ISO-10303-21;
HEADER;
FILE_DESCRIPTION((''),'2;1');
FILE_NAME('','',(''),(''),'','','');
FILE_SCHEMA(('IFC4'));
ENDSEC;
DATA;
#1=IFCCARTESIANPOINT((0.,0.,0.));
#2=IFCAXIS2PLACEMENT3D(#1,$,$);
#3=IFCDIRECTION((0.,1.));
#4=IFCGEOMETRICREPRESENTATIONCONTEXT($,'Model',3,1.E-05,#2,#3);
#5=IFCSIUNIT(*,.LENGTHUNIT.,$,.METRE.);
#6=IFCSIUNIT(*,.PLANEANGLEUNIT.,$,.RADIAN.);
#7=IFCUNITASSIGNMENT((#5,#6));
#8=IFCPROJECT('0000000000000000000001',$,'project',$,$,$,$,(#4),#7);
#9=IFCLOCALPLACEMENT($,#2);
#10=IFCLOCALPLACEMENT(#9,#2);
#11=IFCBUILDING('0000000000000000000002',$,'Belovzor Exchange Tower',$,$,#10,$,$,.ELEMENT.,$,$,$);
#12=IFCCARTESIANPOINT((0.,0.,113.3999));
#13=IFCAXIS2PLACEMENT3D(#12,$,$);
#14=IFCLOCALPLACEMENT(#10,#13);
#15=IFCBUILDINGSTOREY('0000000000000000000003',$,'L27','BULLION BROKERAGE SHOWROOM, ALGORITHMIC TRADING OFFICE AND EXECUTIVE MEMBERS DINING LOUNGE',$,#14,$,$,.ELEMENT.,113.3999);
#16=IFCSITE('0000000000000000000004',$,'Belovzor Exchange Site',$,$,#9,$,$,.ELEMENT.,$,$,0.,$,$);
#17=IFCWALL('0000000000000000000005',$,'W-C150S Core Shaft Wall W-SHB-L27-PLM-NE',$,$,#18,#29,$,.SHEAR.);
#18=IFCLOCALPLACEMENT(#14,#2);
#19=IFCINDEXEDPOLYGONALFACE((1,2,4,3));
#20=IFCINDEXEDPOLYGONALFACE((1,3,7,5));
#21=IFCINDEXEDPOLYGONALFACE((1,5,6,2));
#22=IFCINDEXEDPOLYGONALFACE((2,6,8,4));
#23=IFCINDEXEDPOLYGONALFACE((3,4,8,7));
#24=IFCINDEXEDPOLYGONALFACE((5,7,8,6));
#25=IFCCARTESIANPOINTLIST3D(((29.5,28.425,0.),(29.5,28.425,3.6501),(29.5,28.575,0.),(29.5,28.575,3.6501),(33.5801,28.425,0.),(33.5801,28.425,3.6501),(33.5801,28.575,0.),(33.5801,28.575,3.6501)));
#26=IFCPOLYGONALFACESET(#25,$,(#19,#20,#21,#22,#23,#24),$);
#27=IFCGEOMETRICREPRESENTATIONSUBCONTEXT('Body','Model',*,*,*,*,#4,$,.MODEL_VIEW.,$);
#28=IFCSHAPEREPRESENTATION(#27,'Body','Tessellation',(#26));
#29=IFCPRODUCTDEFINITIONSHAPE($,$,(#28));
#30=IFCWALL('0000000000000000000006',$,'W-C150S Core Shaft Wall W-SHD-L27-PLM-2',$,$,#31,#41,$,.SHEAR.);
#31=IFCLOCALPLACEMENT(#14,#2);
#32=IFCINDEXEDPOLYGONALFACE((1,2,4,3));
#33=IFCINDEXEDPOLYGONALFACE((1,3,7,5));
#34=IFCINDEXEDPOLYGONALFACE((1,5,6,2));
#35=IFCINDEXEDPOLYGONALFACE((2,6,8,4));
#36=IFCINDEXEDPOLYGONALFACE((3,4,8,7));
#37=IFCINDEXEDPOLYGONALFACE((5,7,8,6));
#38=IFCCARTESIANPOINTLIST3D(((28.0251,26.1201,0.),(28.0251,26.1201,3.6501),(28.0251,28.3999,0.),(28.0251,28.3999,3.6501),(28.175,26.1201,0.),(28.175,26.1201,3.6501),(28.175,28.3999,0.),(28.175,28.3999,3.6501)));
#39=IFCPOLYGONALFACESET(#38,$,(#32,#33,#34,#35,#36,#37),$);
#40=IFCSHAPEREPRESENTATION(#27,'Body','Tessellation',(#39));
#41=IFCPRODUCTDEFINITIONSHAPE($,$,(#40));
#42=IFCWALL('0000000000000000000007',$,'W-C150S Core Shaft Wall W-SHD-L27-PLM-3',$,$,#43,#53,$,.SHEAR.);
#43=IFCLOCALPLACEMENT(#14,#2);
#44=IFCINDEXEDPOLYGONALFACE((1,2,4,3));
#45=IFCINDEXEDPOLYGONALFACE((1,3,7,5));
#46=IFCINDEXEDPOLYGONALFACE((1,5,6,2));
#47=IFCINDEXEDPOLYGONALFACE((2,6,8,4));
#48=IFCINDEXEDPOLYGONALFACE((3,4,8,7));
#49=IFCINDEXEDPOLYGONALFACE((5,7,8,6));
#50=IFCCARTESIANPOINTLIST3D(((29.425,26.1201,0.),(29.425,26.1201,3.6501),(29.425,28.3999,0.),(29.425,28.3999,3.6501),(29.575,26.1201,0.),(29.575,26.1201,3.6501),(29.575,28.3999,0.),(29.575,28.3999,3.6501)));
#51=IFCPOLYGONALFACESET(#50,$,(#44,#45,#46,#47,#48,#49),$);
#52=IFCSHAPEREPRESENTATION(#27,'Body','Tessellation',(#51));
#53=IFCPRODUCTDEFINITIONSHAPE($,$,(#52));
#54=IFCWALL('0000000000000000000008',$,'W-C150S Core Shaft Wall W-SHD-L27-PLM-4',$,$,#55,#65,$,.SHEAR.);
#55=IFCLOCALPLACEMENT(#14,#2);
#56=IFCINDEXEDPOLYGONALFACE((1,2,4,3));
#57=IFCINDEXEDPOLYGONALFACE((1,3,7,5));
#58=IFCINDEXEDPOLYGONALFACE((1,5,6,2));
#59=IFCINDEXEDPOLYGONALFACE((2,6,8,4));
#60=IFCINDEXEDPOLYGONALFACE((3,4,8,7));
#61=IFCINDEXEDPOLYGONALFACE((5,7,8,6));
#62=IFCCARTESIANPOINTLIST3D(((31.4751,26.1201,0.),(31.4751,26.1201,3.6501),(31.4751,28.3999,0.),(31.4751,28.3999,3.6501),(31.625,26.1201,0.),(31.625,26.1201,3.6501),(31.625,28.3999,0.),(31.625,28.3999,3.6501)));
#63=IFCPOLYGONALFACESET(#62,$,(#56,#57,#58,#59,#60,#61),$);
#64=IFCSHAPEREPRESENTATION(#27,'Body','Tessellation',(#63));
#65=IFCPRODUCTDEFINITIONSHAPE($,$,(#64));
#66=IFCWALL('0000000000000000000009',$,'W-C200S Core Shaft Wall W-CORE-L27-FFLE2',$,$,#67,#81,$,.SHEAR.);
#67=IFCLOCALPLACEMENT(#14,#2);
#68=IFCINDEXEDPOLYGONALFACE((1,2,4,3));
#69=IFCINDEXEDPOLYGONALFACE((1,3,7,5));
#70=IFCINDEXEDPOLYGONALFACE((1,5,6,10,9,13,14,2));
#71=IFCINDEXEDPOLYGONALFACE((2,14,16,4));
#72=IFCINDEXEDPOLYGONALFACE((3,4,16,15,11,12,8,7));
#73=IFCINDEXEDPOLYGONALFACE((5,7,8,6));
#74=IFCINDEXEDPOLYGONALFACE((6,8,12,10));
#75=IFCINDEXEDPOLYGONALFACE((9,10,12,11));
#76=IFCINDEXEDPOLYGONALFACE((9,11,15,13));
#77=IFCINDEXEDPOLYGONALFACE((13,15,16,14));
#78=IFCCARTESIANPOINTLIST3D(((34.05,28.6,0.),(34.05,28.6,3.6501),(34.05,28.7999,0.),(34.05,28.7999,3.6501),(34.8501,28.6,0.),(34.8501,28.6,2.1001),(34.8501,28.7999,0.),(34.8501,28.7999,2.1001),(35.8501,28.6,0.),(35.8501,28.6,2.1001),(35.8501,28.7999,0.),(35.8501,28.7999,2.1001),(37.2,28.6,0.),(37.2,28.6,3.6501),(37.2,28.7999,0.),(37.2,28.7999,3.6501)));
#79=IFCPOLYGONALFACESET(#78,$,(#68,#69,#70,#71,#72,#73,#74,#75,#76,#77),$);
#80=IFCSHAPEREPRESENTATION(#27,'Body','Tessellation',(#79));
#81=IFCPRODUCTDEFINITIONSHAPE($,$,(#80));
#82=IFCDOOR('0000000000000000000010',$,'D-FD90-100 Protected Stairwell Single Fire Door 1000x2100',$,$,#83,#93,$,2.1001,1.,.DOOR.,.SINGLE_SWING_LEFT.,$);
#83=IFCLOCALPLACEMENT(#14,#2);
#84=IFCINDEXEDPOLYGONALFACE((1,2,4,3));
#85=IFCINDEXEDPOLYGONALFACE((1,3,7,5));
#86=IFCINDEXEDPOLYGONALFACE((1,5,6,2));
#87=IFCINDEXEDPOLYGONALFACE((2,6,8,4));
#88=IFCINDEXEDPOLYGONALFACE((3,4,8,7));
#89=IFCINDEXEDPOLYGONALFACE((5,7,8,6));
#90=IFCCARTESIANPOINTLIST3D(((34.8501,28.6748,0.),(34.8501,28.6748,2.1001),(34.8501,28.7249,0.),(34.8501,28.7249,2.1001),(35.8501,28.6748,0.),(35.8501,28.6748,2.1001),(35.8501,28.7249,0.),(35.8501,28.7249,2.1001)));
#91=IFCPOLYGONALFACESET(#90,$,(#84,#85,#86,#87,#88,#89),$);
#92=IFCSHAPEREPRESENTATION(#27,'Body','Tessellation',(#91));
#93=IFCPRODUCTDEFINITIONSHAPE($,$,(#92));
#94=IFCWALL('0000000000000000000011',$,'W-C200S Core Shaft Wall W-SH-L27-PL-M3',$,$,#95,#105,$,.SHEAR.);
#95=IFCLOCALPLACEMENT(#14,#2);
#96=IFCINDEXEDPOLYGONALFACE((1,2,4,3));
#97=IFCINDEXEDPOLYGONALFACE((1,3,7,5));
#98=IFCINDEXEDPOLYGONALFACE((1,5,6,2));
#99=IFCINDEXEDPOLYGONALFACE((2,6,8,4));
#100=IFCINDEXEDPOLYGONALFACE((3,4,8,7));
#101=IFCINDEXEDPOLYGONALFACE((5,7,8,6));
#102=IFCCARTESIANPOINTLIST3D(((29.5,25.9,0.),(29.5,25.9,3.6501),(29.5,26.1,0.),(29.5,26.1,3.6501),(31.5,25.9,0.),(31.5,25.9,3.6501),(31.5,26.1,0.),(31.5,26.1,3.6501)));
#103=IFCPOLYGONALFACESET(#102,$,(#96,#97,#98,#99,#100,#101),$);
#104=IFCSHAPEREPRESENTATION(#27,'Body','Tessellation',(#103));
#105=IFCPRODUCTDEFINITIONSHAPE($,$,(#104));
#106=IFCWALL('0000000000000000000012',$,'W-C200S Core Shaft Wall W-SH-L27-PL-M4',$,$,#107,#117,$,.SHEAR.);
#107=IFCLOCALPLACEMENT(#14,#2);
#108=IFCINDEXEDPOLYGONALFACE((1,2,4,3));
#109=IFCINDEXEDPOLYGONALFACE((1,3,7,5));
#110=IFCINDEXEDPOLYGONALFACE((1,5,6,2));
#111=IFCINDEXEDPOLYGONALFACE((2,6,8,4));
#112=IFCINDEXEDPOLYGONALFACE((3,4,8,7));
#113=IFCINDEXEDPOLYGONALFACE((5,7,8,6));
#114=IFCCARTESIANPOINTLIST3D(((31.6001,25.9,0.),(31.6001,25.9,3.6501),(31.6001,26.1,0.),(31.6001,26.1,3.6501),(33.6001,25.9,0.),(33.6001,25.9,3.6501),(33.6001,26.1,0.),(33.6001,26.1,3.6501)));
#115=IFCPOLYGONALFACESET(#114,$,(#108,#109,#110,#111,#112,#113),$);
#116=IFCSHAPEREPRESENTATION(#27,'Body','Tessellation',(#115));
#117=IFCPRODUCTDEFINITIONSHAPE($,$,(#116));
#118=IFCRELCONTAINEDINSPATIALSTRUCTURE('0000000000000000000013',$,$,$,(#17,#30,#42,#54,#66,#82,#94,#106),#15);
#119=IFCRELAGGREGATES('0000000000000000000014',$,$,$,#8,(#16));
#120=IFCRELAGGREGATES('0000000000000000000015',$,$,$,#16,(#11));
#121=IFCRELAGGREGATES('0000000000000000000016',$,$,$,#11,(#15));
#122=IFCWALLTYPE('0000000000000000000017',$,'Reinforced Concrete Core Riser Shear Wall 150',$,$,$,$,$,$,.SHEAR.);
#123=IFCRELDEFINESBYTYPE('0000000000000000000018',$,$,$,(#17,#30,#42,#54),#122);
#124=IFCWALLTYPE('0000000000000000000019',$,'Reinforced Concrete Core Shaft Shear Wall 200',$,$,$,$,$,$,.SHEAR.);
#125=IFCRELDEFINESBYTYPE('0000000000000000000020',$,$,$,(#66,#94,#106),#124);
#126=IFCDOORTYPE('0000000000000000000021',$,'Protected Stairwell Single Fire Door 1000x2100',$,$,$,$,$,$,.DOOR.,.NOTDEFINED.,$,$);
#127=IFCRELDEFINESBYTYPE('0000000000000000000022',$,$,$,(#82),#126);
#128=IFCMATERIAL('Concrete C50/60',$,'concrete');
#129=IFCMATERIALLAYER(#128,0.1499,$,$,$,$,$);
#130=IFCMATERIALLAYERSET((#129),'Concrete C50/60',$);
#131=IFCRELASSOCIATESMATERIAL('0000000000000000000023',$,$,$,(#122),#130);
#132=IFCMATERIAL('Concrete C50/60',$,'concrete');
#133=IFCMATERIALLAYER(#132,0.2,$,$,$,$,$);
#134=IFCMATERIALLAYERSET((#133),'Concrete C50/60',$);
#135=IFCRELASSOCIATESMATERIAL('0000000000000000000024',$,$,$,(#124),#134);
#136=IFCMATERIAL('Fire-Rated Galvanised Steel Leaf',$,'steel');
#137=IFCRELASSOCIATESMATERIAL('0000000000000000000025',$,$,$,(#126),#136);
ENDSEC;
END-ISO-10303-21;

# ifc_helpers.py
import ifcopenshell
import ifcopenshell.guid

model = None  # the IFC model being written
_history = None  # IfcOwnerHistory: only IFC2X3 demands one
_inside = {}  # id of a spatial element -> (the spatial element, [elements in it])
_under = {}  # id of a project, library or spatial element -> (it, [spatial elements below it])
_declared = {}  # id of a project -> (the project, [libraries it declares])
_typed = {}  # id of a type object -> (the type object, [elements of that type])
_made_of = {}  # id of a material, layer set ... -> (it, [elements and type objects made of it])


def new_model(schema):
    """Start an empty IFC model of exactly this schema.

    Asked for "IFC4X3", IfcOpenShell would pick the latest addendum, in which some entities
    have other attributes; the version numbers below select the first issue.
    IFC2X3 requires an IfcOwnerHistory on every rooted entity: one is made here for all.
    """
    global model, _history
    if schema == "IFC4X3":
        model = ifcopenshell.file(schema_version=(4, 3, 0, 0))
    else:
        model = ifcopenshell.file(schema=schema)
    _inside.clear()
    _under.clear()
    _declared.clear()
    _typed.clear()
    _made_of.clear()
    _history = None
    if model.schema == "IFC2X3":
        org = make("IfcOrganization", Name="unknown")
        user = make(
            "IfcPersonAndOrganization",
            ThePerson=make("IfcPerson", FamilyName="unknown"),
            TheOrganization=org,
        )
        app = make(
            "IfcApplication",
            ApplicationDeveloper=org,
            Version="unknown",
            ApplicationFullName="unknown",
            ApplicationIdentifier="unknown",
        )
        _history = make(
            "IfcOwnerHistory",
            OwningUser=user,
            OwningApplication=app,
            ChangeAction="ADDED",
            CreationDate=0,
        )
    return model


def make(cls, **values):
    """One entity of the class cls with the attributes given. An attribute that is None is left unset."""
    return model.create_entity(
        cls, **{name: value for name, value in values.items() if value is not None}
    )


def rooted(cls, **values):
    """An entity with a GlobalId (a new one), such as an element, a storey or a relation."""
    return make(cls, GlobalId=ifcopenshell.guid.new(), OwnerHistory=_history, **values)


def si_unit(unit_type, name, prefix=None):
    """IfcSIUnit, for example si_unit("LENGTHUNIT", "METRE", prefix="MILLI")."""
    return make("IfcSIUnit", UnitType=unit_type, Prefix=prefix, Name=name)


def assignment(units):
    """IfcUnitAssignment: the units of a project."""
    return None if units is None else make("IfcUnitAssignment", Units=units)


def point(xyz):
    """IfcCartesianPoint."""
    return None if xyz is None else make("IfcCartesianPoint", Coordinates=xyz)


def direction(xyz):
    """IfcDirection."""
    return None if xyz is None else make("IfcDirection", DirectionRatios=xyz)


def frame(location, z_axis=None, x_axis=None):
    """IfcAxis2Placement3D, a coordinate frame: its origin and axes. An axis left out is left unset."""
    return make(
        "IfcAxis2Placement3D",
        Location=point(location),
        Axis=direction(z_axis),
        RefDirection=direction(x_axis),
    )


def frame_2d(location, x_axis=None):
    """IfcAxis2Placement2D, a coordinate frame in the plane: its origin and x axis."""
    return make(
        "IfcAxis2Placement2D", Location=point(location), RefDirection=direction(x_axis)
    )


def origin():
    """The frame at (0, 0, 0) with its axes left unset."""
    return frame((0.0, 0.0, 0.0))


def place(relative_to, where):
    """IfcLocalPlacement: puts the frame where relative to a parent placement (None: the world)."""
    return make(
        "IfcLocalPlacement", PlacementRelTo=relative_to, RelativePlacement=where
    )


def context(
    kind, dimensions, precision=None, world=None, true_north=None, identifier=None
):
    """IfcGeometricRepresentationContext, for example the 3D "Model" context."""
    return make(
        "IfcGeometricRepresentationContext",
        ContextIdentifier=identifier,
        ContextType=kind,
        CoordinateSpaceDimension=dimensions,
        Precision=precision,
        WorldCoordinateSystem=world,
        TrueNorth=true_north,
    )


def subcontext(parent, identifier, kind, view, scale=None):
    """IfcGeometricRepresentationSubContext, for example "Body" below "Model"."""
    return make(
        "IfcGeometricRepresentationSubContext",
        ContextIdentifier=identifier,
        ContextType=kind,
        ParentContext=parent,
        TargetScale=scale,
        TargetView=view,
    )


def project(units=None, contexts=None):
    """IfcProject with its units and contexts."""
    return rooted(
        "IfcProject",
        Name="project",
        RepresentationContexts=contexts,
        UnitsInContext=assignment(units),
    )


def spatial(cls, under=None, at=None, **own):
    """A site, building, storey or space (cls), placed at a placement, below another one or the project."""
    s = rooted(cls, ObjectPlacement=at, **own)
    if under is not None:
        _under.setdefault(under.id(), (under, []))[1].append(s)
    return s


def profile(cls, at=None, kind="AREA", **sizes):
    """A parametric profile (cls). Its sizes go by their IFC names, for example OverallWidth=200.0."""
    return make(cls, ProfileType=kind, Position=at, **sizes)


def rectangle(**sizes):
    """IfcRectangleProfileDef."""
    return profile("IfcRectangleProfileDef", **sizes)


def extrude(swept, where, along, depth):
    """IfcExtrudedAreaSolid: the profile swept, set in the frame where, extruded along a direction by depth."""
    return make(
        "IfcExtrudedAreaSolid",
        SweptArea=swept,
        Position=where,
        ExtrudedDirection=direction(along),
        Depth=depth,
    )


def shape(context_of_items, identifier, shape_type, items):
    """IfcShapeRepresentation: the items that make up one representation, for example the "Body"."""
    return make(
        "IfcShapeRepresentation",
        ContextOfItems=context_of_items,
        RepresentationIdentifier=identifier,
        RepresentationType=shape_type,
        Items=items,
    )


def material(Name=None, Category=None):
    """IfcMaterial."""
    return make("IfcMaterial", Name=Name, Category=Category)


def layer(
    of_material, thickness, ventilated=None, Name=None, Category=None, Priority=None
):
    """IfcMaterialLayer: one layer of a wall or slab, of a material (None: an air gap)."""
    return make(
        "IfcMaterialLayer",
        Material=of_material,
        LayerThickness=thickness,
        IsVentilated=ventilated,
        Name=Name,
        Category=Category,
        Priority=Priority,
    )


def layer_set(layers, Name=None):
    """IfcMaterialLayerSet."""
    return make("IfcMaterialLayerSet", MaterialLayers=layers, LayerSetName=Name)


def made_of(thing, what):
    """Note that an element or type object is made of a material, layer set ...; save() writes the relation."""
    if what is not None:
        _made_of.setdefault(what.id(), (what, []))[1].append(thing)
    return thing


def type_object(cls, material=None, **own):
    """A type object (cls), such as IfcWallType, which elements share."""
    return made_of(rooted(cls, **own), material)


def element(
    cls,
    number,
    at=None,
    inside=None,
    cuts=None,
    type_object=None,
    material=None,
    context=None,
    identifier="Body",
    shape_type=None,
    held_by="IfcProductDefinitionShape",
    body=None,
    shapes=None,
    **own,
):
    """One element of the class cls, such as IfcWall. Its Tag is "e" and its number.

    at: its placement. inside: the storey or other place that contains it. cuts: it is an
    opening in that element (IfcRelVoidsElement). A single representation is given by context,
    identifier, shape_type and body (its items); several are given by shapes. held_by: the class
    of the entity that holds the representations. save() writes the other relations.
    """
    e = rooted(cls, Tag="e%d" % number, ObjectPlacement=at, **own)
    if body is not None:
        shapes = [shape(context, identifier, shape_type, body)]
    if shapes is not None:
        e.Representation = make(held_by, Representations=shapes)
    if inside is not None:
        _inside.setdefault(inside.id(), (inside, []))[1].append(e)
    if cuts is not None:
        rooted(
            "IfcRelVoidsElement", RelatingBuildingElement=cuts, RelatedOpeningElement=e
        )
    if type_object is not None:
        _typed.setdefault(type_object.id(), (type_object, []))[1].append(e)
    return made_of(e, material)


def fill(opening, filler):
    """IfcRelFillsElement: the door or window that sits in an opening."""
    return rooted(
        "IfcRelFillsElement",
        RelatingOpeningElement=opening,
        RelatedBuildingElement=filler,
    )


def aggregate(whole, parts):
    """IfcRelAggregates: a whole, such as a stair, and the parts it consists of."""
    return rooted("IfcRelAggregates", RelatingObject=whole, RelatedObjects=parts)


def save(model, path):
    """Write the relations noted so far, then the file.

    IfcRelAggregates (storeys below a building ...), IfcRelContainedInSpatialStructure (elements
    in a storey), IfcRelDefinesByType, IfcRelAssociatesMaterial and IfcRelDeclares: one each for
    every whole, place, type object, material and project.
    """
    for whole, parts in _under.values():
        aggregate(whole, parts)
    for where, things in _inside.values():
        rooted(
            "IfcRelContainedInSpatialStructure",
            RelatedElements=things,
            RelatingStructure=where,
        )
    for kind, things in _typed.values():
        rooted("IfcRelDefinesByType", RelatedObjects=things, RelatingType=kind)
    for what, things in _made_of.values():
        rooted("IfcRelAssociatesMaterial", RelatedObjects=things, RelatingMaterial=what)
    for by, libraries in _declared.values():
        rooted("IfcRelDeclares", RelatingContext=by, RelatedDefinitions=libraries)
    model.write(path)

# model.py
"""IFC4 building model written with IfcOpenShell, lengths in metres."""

from ifc_helpers import new_model, si_unit, direction, frame, frame_2d, origin, place, context, subcontext, project, spatial, rectangle, extrude, material, layer, layer_set, type_object, element, fill, save


model = new_model("IFC4")

# Units and contexts
model_context = context("Model", 3, precision=1e-05, world=origin(), true_north=direction((0.0, 1.0)))
body_context = subcontext(model_context, "Body", "Model", "MODEL_VIEW")
ifc_project = project(units=[si_unit("LENGTHUNIT", "METRE"), si_unit("PLANEANGLEUNIT", "RADIAN")], contexts=[model_context])

# Site, building, storey
site_placement = place(None, origin())
site = spatial("IfcSite", under=ifc_project, at=site_placement, Name="Belovzor Exchange Site", CompositionType="ELEMENT", RefElevation=0.0)
building_placement = place(site_placement, origin())
building = spatial("IfcBuilding", under=site, at=building_placement, Name="Belovzor Exchange Tower", CompositionType="ELEMENT")
storey_placement = place(building_placement, frame((0.0, 0.0, 113.3999)))
storey = spatial("IfcBuildingStorey", under=building, at=storey_placement, Name="L27", Description="BULLION BROKERAGE SHOWROOM, ALGORITHMIC TRADING OFFICE AND EXECUTIVE MEMBERS DINING LOUNGE", CompositionType="ELEMENT", Elevation=113.3999)

# Walls
ifc_material_1 = material(Name="Concrete C50/60", Category="concrete")
ifc_layer_1 = layer(ifc_material_1, 0.1499)
ifc_layer_set_1 = layer_set([ifc_layer_1], Name="Concrete C50/60")
wall_type_1 = type_object("IfcWallType", Name="Reinforced Concrete Core Riser Shear Wall 150", PredefinedType="SHEAR", material=ifc_layer_set_1)
wall_1_placement = place(storey_placement, frame((29.5, 28.5, 0.0), z_axis=(0.0, 0.0, 1.0), x_axis=(1.0, 0.0, 0.0)))
element("IfcWall", 1, at=wall_1_placement, inside=storey, type_object=wall_type_1, Name="W-C150S Core Shaft Wall W-SHB-L27-PLM-NE", PredefinedType="SHEAR", context=body_context, shape_type="SweptSolid", body=[
    extrude(rectangle(XDim=4.0801, YDim=0.1499, at=frame_2d((2.04, 0.0))), origin(), (0.0, 0.0, 1.0), 3.6501),
])
for number, where, z_axis, x_axis, name in (
    (2, (28.1001, 26.1201, 0.0), (0.0, 0.0, 1.0), (0.0, 1.0, 0.0), "W-C150S Core Shaft Wall W-SHD-L27-PLM-2"),
    (3, (29.5, 26.1201, 0.0), (0.0, 0.0, 1.0), (0.0, 1.0, 0.0), "W-C150S Core Shaft Wall W-SHD-L27-PLM-3"),
    (4, (31.55, 26.1201, 0.0), (0.0, 0.0, 1.0), (0.0, 1.0, 0.0), "W-C150S Core Shaft Wall W-SHD-L27-PLM-4"),
):
    element("IfcWall", number, at=place(storey_placement, frame(where, z_axis=z_axis, x_axis=x_axis)), inside=storey, type_object=wall_type_1, Name=name, PredefinedType="SHEAR", context=body_context, shape_type="SweptSolid", body=[
        extrude(rectangle(XDim=2.2798, YDim=0.1499, at=frame_2d((1.1399, 0.0))), origin(), (0.0, 0.0, 1.0), 3.6501),
    ])

# Wall, opening, door
ifc_material_2 = material(Name="Concrete C50/60", Category="concrete")
ifc_layer_2 = layer(ifc_material_2, 0.2)
ifc_layer_set_2 = layer_set([ifc_layer_2], Name="Concrete C50/60")
wall_type_2 = type_object("IfcWallType", Name="Reinforced Concrete Core Shaft Shear Wall 200", PredefinedType="SHEAR", material=ifc_layer_set_2)
wall_2_placement = place(storey_placement, frame((34.05, 28.7, 0.0), z_axis=(0.0, 0.0, 1.0), x_axis=(1.0, 0.0, 0.0)))
wall_2 = element("IfcWall", 5, at=wall_2_placement, inside=storey, type_object=wall_type_2, Name="W-C200S Core Shaft Wall W-CORE-L27-FFLE2", PredefinedType="SHEAR", context=body_context, shape_type="SweptSolid", body=[
    extrude(rectangle(XDim=3.1499, YDim=0.2, at=frame_2d((1.575, 0.0))), origin(), (0.0, 0.0, 1.0), 3.6501),
])
opening_1_placement = place(wall_2_placement, frame((0.8, 0.0, 0.0)))
opening_1 = element("IfcOpeningElement", 6, at=opening_1_placement, cuts=wall_2, PredefinedType="OPENING", context=body_context, shape_type="SweptSolid", body=[
    extrude(rectangle(XDim=1.0, YDim=2.1001, at=frame_2d((0.5, 1.05))), frame((0.0, 0.1099, 0.0), z_axis=(0.0, -1.0, 0.0), x_axis=(1.0, 0.0, 0.0)), (0.0, 0.0, 1.0), 0.22),
])
ifc_material_3 = material(Name="Fire-Rated Galvanised Steel Leaf", Category="steel")
door_type_1 = type_object("IfcDoorType", Name="Protected Stairwell Single Fire Door 1000x2100", OperationType="NOTDEFINED", PredefinedType="DOOR", material=ifc_material_3)
door_1_placement = place(opening_1_placement, origin())
door_1 = element("IfcDoor", 7, at=door_1_placement, inside=storey, type_object=door_type_1, Name="D-FD90-100 Protected Stairwell Single Fire Door 1000x2100", OperationType="SINGLE_SWING_LEFT", OverallHeight=2.1001, OverallWidth=1.0, PredefinedType="DOOR", context=body_context, shape_type="SweptSolid", body=[
    extrude(rectangle(XDim=1.0, YDim=2.1001, at=frame_2d((0.5, 1.05))), frame((0.0, 0.0249, 0.0), z_axis=(0.0, -1.0, 0.0), x_axis=(1.0, 0.0, 0.0)), (0.0, 0.0, 1.0), 0.05),
])
fill(opening_1, door_1)

# Walls
for number, where, z_axis, x_axis, name in (
    (8, (29.5, 26.0, 0.0), (0.0, 0.0, 1.0), (1.0, 0.0, 0.0), "W-C200S Core Shaft Wall W-SH-L27-PL-M3"),
    (9, (31.6001, 26.0, 0.0), (0.0, 0.0, 1.0), (1.0, 0.0, 0.0), "W-C200S Core Shaft Wall W-SH-L27-PL-M4"),
):
    element("IfcWall", number, at=place(storey_placement, frame(where, z_axis=z_axis, x_axis=x_axis)), inside=storey, type_object=wall_type_2, Name=name, PredefinedType="SHEAR", context=body_context, shape_type="SweptSolid", body=[
        extrude(rectangle(XDim=2.0, YDim=0.2, at=frame_2d((1.0, 0.0))), origin(), (0.0, 0.0, 1.0), 3.6501),
    ])

save(model, "model.ifc")
